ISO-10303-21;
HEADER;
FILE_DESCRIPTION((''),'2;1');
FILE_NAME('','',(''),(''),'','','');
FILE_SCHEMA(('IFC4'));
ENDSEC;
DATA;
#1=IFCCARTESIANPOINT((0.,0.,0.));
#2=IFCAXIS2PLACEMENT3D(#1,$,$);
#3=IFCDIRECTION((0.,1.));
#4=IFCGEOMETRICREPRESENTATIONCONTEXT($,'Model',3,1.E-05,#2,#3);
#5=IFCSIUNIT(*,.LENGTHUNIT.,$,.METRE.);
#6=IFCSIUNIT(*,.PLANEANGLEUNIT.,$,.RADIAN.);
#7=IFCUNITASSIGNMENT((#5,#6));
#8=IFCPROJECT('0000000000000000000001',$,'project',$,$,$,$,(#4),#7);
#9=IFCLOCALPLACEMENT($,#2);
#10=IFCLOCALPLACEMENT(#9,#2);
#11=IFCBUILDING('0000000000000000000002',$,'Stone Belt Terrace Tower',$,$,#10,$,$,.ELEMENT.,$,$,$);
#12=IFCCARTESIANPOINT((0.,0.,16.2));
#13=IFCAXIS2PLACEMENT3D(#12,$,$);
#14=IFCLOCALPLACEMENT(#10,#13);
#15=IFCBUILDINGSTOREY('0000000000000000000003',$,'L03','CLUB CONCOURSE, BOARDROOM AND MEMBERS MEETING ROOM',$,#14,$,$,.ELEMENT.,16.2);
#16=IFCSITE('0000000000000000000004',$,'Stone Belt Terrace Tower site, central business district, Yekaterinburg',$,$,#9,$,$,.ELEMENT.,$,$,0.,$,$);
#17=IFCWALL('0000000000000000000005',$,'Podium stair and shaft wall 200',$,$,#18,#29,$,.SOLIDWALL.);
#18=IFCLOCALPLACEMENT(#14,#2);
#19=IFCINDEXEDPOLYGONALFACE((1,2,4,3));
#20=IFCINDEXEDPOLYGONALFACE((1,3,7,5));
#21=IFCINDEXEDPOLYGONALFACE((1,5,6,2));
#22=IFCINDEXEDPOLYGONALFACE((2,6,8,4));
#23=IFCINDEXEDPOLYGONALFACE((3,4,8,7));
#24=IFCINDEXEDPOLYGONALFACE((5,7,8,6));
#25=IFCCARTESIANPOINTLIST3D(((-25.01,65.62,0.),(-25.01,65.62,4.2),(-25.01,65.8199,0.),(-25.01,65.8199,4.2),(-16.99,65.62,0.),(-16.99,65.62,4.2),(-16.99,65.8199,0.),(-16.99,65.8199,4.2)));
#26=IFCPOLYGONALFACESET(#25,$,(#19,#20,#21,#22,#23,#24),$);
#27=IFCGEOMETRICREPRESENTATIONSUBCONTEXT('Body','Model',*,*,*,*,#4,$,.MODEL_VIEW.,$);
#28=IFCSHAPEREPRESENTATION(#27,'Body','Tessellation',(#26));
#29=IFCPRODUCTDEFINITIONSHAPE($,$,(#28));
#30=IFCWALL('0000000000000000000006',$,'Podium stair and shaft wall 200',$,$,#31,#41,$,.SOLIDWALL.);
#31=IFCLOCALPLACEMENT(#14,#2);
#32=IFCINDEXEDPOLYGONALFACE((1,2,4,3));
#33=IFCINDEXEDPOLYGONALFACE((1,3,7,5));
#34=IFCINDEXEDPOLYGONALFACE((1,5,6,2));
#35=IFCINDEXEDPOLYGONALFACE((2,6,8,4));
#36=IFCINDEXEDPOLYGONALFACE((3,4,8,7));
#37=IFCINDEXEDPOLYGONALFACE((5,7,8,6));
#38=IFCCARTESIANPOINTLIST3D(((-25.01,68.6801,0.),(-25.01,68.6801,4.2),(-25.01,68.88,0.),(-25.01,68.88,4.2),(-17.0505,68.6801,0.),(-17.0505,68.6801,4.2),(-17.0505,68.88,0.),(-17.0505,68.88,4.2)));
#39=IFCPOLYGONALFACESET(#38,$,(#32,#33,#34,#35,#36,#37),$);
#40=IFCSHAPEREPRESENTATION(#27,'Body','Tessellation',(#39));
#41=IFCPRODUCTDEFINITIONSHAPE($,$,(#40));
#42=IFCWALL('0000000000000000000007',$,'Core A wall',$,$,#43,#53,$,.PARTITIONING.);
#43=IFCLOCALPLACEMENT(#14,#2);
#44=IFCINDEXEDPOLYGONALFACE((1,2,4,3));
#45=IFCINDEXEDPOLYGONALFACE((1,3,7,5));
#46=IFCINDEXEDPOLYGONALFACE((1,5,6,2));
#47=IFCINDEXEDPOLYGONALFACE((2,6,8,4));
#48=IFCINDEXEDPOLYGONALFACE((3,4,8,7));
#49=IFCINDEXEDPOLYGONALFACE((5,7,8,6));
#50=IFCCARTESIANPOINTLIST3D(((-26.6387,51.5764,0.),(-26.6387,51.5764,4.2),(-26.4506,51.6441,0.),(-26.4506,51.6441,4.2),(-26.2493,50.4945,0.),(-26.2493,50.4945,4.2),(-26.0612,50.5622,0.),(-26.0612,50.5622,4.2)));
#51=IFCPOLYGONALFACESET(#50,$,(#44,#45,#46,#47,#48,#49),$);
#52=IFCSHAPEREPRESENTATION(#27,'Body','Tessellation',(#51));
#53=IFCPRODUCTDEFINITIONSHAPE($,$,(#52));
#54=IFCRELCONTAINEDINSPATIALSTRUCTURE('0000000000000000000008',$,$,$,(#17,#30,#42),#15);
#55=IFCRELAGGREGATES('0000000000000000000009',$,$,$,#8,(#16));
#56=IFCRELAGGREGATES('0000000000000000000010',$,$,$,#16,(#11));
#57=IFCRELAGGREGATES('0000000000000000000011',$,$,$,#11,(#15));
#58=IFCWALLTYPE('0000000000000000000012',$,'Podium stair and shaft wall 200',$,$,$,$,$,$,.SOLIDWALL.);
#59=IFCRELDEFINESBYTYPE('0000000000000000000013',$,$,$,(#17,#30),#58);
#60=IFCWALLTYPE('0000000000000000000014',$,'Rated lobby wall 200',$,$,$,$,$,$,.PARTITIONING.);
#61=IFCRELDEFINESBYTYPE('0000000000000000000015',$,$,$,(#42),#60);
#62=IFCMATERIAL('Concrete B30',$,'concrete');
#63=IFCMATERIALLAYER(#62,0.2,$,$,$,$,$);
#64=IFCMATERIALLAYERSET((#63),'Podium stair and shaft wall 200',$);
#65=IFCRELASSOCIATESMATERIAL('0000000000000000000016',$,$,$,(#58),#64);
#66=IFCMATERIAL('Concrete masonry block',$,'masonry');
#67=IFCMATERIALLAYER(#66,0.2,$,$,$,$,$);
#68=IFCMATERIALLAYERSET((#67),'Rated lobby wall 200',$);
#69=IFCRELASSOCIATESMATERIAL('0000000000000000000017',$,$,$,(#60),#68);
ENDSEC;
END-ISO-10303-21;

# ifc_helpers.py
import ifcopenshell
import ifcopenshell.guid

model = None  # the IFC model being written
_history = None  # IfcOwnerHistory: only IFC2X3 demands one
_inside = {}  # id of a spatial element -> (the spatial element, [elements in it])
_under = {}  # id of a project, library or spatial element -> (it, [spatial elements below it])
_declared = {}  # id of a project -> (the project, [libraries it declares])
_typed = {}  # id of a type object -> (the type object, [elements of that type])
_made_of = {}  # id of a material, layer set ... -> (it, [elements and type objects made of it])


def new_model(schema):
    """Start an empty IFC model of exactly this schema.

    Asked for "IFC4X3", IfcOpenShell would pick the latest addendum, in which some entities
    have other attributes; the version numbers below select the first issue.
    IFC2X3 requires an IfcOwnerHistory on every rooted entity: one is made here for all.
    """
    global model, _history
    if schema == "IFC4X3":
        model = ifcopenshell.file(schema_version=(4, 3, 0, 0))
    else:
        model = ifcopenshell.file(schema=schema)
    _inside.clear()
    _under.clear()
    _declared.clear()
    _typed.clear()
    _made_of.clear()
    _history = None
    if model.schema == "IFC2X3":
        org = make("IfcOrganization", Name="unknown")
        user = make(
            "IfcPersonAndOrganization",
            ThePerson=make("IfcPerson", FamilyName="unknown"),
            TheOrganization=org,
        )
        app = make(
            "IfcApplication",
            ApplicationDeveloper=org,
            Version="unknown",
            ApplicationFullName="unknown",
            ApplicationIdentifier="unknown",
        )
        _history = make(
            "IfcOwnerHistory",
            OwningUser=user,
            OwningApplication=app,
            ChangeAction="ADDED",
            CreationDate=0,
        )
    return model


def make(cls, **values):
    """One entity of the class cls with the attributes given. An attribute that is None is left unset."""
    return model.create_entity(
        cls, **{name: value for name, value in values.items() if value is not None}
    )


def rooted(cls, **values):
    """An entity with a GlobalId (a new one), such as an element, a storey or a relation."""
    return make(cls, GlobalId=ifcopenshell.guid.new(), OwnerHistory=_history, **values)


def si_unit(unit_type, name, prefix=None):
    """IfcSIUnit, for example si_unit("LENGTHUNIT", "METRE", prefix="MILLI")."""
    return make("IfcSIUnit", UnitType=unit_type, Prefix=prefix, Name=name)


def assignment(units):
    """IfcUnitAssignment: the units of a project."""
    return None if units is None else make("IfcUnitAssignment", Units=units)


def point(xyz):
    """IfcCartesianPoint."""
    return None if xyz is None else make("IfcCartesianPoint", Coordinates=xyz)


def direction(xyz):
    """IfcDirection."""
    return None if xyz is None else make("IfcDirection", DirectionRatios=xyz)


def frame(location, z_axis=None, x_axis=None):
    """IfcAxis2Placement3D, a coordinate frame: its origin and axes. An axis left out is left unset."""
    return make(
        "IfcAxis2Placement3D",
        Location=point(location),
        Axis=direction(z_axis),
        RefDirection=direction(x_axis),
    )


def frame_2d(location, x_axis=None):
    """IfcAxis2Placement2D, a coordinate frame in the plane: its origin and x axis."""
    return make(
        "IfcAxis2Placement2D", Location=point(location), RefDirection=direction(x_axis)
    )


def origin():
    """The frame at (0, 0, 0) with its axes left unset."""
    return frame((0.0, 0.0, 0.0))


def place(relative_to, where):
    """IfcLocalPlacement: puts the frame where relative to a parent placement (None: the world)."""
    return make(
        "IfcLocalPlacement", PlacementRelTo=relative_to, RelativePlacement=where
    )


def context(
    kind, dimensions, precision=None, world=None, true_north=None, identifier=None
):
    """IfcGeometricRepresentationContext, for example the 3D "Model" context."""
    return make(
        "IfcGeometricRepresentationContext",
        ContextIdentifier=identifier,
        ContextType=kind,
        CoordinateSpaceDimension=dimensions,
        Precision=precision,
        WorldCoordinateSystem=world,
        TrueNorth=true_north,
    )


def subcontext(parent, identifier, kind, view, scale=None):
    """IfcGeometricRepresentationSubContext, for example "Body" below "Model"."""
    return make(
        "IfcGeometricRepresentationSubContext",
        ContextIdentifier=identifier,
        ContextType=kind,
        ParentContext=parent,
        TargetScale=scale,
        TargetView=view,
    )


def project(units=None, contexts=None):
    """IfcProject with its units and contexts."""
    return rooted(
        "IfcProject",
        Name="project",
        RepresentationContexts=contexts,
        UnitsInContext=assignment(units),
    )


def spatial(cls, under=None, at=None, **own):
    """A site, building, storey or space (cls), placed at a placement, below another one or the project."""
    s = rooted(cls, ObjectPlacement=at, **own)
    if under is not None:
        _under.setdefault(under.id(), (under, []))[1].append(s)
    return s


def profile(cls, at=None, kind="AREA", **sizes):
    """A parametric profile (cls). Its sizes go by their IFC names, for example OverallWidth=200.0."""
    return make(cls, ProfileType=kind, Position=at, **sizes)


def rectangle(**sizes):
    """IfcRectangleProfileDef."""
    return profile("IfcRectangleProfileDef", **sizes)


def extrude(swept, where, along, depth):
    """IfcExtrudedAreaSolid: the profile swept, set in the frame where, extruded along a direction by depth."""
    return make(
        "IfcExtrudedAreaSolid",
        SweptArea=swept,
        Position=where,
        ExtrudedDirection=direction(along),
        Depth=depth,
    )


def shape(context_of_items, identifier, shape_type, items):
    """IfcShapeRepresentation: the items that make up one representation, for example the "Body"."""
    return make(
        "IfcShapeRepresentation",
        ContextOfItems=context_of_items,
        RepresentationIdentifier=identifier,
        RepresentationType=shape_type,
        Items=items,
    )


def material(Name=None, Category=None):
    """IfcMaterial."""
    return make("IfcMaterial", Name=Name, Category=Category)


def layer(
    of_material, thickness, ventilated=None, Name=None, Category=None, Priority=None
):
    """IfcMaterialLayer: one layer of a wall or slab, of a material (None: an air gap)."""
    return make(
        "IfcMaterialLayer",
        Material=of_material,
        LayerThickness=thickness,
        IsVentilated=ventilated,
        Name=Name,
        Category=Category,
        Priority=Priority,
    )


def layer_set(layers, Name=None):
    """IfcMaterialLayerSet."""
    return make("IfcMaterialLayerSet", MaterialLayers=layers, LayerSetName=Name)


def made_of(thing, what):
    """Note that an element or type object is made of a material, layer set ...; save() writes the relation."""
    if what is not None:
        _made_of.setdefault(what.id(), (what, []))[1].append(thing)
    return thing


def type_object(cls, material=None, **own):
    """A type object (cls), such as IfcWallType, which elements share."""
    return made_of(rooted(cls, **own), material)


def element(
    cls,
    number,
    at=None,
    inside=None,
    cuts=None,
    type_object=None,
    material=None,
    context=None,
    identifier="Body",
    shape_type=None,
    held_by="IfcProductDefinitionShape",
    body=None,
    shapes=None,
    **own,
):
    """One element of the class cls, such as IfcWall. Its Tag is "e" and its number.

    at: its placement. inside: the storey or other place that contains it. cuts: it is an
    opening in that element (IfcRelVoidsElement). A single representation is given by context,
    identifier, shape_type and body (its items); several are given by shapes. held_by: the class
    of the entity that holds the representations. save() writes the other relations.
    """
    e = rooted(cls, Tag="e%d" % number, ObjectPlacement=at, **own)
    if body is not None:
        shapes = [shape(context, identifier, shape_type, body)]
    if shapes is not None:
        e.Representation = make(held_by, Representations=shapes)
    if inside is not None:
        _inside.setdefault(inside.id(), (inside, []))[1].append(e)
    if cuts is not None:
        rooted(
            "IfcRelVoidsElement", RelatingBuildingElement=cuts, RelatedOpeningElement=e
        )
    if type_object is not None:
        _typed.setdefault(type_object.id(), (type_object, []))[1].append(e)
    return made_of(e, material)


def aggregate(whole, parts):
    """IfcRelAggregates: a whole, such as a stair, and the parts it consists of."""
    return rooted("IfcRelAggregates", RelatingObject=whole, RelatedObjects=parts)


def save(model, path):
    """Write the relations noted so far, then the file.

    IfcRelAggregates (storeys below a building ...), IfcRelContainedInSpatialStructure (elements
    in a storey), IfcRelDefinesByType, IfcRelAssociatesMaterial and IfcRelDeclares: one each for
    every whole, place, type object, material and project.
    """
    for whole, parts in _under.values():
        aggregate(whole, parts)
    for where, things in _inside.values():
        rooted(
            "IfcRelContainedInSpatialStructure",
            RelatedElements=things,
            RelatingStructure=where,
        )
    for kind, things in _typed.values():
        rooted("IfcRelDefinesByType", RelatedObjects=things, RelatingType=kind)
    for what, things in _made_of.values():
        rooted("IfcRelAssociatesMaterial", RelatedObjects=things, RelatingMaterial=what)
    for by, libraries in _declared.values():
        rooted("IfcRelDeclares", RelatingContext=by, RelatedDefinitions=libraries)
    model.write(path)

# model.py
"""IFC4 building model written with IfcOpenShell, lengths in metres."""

from ifc_helpers import new_model, si_unit, direction, frame, frame_2d, origin, place, context, subcontext, project, spatial, rectangle, extrude, material, layer, layer_set, type_object, element, save


model = new_model("IFC4")

# Units and contexts
model_context = context("Model", 3, precision=1e-05, world=origin(), true_north=direction((0.0, 1.0)))
body_context = subcontext(model_context, "Body", "Model", "MODEL_VIEW")
ifc_project = project(units=[si_unit("LENGTHUNIT", "METRE"), si_unit("PLANEANGLEUNIT", "RADIAN")], contexts=[model_context])

# Site, building, storey
site_placement = place(None, origin())
site = spatial("IfcSite", under=ifc_project, at=site_placement, Name="Stone Belt Terrace Tower site, central business district, Yekaterinburg", CompositionType="ELEMENT", RefElevation=0.0)
building_placement = place(site_placement, origin())
building = spatial("IfcBuilding", under=site, at=building_placement, Name="Stone Belt Terrace Tower", CompositionType="ELEMENT")
storey_placement = place(building_placement, frame((0.0, 0.0, 16.2)))
storey = spatial("IfcBuildingStorey", under=building, at=storey_placement, Name="L03", Description="CLUB CONCOURSE, BOARDROOM AND MEMBERS MEETING ROOM", CompositionType="ELEMENT", Elevation=16.2)

# Walls
ifc_material_1 = material(Name="Concrete B30", Category="concrete")
ifc_layer_1 = layer(ifc_material_1, 0.2)
ifc_layer_set_1 = layer_set([ifc_layer_1], Name="Podium stair and shaft wall 200")
wall_type_1 = type_object("IfcWallType", Name="Podium stair and shaft wall 200", PredefinedType="SOLIDWALL", material=ifc_layer_set_1)
wall_1_placement = place(storey_placement, frame((-25.01, 65.72, 0.0), z_axis=(0.0, 0.0, 1.0), x_axis=(1.0, 0.0, 0.0)))
element("IfcWall", 1, at=wall_1_placement, inside=storey, type_object=wall_type_1, Name="Podium stair and shaft wall 200", PredefinedType="SOLIDWALL", context=body_context, shape_type="SweptSolid", body=[
    extrude(rectangle(XDim=8.02, YDim=0.2, at=frame_2d((4.01, 0.0))), origin(), (0.0, 0.0, 1.0), 4.2),
])
wall_2_placement = place(storey_placement, frame((-25.01, 68.78, 0.0), z_axis=(0.0, 0.0, 1.0), x_axis=(1.0, 0.0, 0.0)))
element("IfcWall", 2, at=wall_2_placement, inside=storey, type_object=wall_type_1, Name="Podium stair and shaft wall 200", PredefinedType="SOLIDWALL", context=body_context, shape_type="SweptSolid", body=[
    extrude(rectangle(XDim=7.9595, YDim=0.2, at=frame_2d((3.9797, 0.0))), origin(), (0.0, 0.0, 1.0), 4.2),
])
ifc_material_2 = material(Name="Concrete masonry block", Category="masonry")
ifc_layer_2 = layer(ifc_material_2, 0.2)
ifc_layer_set_2 = layer_set([ifc_layer_2], Name="Rated lobby wall 200")
wall_type_2 = type_object("IfcWallType", Name="Rated lobby wall 200", PredefinedType="PARTITIONING", material=ifc_layer_set_2)
wall_3_placement = place(storey_placement, frame((-26.1553, 50.5283, 0.0), z_axis=(0.0, 0.0, 1.0), x_axis=(-0.338622, 0.940923, 0.0)))
element("IfcWall", 3, at=wall_3_placement, inside=storey, type_object=wall_type_2, Name="Core A wall", PredefinedType="PARTITIONING", context=body_context, shape_type="SweptSolid", body=[
    extrude(rectangle(XDim=1.1499, YDim=0.2, at=frame_2d((0.575, 0.0))), origin(), (0.0, 0.0, 1.0), 4.2),
])

save(model, "model.ifc")
